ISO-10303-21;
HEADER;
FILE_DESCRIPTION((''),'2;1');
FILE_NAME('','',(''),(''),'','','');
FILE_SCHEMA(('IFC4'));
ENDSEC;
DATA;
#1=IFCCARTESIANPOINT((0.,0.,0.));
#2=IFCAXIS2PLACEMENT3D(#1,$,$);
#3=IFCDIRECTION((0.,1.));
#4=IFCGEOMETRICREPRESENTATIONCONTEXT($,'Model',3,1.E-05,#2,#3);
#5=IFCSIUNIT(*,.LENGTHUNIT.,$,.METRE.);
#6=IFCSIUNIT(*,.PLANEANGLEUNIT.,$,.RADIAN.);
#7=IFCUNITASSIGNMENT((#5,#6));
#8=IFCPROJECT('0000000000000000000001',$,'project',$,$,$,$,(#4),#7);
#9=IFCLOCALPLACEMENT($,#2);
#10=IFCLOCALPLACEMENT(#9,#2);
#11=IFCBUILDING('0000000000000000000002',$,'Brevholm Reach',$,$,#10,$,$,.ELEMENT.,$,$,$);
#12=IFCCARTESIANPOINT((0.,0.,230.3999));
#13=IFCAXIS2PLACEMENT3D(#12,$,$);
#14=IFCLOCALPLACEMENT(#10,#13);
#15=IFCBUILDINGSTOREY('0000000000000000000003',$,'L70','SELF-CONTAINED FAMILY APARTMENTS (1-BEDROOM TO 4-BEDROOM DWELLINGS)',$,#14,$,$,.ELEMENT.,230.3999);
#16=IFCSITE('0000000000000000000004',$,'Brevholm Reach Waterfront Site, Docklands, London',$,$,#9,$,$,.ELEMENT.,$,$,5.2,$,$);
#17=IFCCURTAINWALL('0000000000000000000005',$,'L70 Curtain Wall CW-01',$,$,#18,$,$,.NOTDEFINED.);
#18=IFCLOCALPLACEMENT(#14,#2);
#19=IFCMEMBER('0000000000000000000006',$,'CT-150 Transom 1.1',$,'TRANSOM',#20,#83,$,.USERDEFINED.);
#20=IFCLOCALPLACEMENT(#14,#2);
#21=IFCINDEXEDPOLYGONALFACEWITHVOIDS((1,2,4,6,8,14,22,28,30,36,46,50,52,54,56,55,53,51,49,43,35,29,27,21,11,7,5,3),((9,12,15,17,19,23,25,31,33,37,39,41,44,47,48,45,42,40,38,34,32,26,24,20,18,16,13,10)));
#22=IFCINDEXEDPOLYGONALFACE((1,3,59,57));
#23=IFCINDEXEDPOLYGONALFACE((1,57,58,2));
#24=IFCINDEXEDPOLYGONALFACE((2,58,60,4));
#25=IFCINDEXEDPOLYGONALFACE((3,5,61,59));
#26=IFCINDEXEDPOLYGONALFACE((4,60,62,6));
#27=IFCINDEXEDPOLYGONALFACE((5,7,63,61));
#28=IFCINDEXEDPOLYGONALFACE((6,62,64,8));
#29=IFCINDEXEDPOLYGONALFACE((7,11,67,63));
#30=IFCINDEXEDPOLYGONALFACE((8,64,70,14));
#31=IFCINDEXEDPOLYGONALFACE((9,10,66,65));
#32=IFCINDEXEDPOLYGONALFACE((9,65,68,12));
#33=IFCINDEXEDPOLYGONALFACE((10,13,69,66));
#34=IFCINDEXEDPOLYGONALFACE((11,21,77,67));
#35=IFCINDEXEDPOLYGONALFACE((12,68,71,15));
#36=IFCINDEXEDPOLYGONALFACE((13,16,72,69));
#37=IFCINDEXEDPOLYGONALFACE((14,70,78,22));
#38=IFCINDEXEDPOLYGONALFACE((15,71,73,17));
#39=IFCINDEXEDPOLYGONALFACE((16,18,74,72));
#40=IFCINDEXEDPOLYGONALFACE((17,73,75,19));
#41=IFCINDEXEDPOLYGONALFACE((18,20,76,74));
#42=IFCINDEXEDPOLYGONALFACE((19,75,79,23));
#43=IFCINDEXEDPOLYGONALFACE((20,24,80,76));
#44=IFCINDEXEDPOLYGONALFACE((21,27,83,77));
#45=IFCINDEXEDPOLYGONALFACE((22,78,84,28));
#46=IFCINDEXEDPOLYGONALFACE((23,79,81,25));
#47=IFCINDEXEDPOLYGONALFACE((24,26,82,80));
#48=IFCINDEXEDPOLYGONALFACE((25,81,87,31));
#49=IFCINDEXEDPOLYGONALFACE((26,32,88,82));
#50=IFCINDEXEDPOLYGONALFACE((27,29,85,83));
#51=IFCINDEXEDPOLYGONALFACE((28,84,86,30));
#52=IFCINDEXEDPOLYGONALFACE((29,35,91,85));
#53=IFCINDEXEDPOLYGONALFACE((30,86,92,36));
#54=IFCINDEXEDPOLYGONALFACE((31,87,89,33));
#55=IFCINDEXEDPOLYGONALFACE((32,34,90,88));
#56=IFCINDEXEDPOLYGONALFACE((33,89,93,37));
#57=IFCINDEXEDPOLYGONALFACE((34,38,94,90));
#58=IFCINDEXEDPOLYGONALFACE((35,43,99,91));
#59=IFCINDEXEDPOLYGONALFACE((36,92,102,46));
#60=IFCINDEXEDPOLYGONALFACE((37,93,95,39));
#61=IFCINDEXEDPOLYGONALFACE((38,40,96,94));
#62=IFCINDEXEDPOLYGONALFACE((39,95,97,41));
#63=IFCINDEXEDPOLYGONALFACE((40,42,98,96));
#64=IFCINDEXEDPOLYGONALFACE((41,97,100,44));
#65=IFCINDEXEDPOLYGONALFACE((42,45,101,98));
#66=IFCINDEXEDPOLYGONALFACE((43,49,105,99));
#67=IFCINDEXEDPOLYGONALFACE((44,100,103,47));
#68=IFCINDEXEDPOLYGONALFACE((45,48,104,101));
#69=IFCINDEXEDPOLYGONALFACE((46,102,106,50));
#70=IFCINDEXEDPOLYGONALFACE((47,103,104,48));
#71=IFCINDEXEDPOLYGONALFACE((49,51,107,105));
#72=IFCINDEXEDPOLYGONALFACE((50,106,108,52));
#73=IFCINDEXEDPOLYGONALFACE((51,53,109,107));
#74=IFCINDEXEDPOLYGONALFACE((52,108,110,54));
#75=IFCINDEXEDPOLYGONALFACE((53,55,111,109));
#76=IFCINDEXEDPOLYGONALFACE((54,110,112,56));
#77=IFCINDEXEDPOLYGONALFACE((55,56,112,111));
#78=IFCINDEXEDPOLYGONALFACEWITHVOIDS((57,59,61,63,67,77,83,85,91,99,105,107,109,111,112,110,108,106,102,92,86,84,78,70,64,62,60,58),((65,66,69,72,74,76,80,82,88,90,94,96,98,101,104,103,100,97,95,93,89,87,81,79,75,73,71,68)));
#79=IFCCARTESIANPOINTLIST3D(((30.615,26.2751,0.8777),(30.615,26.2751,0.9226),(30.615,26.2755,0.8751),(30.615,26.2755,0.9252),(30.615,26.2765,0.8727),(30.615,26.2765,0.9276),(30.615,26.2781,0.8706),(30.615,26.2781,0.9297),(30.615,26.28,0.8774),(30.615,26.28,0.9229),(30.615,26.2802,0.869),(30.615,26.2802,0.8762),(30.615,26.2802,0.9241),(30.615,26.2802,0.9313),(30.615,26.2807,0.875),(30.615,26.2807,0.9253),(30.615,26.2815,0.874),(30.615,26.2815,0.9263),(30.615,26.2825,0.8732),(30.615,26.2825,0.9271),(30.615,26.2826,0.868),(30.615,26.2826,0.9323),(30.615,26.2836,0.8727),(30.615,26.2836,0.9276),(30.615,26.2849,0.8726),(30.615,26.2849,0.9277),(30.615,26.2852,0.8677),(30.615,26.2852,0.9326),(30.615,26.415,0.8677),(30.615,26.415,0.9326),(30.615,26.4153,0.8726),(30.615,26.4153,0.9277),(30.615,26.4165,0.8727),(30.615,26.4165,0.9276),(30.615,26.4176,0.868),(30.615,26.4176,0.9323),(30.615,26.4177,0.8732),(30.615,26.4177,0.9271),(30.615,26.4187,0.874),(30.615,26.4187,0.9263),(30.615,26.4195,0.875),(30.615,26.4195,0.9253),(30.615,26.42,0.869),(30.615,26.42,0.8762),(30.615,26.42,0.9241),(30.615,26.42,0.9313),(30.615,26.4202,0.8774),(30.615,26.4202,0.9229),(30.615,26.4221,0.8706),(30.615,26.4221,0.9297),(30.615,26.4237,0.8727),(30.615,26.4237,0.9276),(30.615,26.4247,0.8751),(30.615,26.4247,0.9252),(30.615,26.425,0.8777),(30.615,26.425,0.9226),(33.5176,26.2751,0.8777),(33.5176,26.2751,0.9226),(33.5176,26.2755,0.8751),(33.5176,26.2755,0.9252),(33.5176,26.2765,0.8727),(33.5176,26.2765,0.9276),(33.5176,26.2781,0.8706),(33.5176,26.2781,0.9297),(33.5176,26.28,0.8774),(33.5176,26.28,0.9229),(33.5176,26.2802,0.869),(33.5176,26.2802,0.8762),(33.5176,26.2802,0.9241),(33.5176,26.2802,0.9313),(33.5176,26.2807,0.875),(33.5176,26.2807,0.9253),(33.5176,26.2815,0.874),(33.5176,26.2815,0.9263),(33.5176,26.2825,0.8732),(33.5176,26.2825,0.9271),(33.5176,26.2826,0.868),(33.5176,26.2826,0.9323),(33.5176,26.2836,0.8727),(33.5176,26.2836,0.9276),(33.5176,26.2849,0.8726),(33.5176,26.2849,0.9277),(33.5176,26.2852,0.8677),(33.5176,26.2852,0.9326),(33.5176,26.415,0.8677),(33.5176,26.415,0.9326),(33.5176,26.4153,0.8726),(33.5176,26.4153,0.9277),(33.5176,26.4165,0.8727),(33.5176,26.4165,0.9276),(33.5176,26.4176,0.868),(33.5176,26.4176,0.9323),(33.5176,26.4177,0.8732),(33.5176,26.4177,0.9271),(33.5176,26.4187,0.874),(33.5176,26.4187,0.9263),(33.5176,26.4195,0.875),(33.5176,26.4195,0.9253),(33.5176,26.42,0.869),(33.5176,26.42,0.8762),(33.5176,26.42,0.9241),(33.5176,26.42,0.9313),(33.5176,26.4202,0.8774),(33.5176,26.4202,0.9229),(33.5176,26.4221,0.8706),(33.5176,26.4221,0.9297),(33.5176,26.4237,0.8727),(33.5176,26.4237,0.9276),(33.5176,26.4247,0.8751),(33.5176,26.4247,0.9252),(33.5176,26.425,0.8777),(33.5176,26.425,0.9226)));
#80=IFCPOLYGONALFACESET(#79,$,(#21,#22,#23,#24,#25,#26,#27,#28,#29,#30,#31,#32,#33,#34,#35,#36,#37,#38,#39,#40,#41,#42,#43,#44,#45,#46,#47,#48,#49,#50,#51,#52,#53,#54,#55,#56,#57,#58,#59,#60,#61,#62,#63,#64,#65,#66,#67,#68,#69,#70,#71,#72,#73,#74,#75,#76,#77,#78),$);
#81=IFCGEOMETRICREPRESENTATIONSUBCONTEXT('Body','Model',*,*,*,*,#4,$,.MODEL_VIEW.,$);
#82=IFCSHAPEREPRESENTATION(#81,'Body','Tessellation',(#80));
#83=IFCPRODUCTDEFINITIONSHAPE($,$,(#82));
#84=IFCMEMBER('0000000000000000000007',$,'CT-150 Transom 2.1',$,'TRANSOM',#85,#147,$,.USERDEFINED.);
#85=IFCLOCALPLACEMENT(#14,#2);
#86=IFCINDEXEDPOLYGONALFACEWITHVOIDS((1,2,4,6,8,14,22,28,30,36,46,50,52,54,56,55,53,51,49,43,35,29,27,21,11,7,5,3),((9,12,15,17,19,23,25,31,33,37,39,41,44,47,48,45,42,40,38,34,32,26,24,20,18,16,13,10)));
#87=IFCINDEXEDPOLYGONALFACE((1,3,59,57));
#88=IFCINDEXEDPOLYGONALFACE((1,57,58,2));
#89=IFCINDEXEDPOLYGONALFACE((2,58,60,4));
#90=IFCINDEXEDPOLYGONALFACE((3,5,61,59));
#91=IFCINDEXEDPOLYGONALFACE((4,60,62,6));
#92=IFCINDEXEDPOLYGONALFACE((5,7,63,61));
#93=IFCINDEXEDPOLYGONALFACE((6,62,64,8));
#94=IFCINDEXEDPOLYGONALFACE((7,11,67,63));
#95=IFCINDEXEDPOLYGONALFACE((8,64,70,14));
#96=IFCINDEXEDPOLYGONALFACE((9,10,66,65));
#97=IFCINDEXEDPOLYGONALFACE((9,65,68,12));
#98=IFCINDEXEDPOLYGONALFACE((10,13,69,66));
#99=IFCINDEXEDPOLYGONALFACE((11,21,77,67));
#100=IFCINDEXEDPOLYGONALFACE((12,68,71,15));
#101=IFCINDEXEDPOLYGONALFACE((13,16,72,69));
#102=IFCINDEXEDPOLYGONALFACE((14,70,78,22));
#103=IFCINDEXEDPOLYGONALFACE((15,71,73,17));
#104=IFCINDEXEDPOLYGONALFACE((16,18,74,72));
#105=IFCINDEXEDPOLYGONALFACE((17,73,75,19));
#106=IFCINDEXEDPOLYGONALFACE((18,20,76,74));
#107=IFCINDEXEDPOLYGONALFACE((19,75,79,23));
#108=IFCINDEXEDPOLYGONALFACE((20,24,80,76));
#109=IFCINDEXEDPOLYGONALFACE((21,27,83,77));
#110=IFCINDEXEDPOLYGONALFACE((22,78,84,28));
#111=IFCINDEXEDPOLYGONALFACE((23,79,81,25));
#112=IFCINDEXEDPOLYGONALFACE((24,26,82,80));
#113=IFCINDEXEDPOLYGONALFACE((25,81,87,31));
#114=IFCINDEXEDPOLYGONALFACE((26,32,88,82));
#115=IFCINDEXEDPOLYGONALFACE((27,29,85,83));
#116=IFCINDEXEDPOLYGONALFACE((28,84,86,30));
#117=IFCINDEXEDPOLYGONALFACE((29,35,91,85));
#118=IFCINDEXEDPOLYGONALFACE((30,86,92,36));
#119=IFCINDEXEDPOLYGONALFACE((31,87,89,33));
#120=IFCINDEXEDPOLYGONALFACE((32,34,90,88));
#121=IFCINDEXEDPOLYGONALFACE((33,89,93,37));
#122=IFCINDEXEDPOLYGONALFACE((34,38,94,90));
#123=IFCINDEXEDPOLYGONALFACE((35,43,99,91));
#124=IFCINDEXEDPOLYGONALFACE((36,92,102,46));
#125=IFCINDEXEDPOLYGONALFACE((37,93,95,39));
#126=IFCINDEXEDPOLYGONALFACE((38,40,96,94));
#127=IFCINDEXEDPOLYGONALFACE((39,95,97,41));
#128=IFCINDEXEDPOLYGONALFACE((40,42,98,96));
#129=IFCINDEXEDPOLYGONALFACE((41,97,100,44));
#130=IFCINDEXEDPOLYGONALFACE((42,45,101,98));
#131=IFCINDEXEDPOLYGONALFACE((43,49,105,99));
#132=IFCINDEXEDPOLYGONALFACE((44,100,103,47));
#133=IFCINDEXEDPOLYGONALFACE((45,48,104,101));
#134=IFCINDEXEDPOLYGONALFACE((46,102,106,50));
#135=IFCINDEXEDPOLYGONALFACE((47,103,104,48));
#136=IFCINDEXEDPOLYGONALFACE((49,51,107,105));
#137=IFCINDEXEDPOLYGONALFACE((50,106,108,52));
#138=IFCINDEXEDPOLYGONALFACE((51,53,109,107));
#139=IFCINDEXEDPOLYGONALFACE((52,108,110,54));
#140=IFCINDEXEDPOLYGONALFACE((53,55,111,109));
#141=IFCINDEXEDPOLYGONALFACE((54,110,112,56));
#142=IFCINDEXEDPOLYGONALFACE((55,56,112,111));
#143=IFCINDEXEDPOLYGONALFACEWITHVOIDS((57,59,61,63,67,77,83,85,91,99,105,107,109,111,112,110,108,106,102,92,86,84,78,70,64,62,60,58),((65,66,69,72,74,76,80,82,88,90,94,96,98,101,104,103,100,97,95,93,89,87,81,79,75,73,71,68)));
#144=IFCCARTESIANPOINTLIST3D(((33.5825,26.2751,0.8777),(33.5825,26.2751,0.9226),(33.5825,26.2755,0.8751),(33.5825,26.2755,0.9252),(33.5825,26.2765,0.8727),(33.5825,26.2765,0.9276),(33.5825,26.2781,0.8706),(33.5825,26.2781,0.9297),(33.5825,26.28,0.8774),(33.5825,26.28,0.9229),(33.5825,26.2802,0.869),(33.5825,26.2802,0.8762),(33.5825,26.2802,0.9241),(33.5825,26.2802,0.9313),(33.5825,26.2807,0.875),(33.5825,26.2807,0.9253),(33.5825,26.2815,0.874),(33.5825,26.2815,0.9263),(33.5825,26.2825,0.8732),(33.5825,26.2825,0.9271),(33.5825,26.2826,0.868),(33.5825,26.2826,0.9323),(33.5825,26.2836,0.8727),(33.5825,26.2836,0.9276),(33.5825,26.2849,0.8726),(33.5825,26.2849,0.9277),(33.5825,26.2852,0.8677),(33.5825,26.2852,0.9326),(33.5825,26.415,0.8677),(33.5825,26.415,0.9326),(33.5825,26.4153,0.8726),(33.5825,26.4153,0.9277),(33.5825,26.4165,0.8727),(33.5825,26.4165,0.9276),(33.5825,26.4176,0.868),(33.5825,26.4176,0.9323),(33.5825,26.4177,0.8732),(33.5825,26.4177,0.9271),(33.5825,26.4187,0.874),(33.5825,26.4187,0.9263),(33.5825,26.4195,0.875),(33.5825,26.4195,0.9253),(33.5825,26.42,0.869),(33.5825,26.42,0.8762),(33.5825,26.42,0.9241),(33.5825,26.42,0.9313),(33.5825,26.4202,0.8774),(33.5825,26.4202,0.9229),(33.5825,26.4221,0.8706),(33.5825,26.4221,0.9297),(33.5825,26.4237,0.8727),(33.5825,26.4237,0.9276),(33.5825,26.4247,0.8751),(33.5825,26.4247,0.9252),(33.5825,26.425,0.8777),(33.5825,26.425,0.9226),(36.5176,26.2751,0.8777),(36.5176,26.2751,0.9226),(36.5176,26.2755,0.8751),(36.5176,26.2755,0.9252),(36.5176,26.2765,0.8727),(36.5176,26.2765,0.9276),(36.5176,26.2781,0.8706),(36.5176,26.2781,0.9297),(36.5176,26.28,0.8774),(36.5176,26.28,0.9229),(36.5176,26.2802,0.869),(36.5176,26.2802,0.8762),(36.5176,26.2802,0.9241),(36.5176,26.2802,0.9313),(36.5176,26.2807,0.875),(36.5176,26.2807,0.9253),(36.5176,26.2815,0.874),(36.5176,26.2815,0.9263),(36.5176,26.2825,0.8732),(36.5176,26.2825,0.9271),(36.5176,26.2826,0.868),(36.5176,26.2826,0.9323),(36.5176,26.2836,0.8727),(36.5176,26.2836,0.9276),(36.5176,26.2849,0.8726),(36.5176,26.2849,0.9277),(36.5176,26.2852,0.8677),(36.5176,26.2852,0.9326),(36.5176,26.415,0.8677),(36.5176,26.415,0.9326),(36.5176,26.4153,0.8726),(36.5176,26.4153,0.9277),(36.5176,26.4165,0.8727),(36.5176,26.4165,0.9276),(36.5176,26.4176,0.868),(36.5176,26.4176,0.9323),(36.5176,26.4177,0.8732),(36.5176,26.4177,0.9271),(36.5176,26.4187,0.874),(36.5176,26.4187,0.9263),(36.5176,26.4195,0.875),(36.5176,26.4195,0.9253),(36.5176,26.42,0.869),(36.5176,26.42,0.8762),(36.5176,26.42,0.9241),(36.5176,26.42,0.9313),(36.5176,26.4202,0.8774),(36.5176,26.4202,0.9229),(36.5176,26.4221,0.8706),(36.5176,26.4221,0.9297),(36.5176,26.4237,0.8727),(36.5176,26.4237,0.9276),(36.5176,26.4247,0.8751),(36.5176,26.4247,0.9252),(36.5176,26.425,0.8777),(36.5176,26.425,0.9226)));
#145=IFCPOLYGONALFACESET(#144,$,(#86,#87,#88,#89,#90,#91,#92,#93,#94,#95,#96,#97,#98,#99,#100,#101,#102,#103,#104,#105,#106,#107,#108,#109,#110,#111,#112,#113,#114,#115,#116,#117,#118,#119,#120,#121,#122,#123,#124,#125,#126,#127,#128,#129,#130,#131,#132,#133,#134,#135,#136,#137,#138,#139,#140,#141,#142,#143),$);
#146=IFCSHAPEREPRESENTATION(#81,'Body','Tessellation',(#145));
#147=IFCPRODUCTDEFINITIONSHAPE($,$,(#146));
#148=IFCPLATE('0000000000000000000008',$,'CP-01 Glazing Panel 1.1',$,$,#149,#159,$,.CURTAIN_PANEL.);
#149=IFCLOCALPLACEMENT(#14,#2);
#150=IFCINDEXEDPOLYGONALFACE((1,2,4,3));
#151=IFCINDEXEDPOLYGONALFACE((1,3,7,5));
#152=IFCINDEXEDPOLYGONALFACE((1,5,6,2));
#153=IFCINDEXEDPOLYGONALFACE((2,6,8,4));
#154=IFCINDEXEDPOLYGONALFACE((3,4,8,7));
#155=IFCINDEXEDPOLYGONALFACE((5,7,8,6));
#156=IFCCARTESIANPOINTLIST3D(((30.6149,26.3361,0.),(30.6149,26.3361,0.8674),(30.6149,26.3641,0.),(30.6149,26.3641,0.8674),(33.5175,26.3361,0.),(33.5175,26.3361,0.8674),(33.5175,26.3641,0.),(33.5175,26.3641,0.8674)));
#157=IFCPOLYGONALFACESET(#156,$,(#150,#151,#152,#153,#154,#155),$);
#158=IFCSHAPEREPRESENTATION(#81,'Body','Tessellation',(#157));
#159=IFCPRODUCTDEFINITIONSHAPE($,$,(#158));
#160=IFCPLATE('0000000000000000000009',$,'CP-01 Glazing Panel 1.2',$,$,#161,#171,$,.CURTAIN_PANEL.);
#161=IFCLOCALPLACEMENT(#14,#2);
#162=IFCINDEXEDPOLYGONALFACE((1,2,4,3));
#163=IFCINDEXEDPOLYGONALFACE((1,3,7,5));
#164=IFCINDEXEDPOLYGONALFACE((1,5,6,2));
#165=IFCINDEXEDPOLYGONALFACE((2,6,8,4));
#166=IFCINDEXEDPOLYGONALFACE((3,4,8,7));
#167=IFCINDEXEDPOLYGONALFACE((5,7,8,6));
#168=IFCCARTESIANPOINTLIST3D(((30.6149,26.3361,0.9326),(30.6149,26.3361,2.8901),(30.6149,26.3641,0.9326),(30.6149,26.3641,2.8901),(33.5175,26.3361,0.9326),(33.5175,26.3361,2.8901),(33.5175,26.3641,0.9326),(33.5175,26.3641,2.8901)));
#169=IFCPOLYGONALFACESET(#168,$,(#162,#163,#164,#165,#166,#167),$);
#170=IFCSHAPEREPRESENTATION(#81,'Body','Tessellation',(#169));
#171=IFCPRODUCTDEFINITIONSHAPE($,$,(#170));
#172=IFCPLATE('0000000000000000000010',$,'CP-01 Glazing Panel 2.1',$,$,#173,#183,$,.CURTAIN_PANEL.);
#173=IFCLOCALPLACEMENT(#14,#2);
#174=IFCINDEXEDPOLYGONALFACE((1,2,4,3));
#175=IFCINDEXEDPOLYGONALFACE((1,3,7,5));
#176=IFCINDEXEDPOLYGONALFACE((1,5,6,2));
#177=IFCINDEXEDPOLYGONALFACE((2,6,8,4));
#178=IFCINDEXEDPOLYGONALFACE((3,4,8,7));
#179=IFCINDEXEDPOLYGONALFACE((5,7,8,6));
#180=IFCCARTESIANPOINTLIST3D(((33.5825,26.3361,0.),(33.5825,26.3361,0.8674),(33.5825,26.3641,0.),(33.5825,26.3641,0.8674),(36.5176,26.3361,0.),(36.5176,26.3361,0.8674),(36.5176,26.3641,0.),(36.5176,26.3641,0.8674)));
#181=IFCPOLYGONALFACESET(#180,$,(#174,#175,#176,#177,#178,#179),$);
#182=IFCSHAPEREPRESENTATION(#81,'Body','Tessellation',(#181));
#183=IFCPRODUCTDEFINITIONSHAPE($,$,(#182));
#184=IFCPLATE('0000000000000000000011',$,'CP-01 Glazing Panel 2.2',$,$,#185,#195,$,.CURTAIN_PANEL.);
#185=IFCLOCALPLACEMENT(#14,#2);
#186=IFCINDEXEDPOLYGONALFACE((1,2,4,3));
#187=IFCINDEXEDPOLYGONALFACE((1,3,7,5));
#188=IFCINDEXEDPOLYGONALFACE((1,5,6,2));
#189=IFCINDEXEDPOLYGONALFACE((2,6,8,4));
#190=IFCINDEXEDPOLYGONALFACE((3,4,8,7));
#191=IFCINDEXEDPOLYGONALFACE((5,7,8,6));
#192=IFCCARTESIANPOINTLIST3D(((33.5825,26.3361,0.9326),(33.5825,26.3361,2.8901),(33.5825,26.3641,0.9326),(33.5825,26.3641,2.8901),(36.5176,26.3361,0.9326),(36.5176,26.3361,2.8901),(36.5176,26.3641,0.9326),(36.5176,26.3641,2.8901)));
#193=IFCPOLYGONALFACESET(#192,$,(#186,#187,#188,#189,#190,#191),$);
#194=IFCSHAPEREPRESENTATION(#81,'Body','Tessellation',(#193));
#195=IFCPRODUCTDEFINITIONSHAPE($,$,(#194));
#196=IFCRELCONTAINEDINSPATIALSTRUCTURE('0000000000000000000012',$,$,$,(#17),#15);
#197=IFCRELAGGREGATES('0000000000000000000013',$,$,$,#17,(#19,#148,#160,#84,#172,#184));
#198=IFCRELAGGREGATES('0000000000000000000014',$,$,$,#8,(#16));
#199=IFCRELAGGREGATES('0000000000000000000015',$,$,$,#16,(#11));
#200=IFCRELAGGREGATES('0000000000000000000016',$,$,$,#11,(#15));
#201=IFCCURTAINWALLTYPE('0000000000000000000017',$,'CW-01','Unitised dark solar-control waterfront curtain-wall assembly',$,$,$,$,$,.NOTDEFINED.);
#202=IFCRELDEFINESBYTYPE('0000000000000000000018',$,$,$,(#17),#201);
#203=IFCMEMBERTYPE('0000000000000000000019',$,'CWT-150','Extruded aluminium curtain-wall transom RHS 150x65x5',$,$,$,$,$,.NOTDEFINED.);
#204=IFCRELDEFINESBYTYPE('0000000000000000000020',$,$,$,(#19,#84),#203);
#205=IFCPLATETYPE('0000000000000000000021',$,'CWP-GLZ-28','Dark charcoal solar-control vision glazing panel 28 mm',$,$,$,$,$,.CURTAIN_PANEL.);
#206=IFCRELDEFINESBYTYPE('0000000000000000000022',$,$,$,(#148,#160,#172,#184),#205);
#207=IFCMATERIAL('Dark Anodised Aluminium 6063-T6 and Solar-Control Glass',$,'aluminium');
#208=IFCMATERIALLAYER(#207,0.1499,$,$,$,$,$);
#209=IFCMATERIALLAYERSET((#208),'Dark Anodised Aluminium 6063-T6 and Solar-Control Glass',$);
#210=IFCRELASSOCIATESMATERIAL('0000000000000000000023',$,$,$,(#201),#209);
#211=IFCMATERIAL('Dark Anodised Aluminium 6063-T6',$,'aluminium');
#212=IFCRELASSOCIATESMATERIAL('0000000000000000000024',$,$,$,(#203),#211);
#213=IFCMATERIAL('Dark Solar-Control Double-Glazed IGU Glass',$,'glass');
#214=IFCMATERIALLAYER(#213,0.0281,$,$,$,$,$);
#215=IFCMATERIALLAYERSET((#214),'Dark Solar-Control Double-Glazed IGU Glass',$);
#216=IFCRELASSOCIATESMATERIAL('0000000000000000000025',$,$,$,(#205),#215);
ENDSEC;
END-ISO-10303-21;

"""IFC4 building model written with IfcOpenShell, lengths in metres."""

from ifc_helpers import new_model, si_unit, direction, frame, origin, origin_2d, place, context, subcontext, project, spatial, rectangle, hollow_rectangle, extrude, material, layer, layer_set, material_profile, profile_set, type_object, element, aggregate, save


model = new_model("IFC4")

# Units and contexts
model_context = context("Model", 3, precision=1e-05, world=origin(), true_north=direction((0.0, 1.0)))
body_context = subcontext(model_context, "Body", "Model", "MODEL_VIEW")
ifc_project = project(units=[si_unit("LENGTHUNIT", "METRE"), si_unit("PLANEANGLEUNIT", "RADIAN")], contexts=[model_context])

# Site, building, storey
site_placement = place(None, origin())
site = spatial("IfcSite", under=ifc_project, at=site_placement, Name="Brevholm Reach Waterfront Site, Docklands, London", CompositionType="ELEMENT", RefElevation=5.2)
building_placement = place(site_placement, origin())
building = spatial("IfcBuilding", under=site, at=building_placement, Name="Brevholm Reach", CompositionType="ELEMENT")
storey_placement = place(building_placement, frame((0.0, 0.0, 230.3999)))
storey = spatial("IfcBuildingStorey", under=building, at=storey_placement, Name="L70", Description="SELF-CONTAINED FAMILY APARTMENTS (1-BEDROOM TO 4-BEDROOM DWELLINGS)", CompositionType="ELEMENT", Elevation=230.3999)

# Curtain wall, members, plates
ifc_material_1 = material(Name="Dark Anodised Aluminium 6063-T6 and Solar-Control Glass", Category="aluminium")
ifc_layer_1 = layer(ifc_material_1, 0.1499)
ifc_layer_set_1 = layer_set([ifc_layer_1], Name="Dark Anodised Aluminium 6063-T6 and Solar-Control Glass")
curtain_wall_type = type_object("IfcCurtainWallType", Name="CW-01", Description="Unitised dark solar-control waterfront curtain-wall assembly", PredefinedType="NOTDEFINED", material=ifc_layer_set_1)
curtain_wall_placement = place(storey_placement, origin())
curtain_wall = element("IfcCurtainWall", 1, at=curtain_wall_placement, inside=storey, type_object=curtain_wall_type, Name="L70 Curtain Wall CW-01", PredefinedType="NOTDEFINED")
ifc_material_2 = material(Name="Dark Anodised Aluminium 6063-T6", Category="aluminium")
ifc_material_profile_1 = material_profile(ifc_material_2, hollow_rectangle(XDim=0.0649, YDim=0.1499, WallThickness=0.0049, InnerFilletRadius=0.0049, OuterFilletRadius=0.01, at=origin_2d()), Name="RHS 150x65x5")
ifc_profile_set_1 = profile_set([ifc_material_profile_1], Name="Dark Anodised Aluminium 6063-T6")
member_type_1 = type_object("IfcMemberType", Name="CWT-150", Description="Extruded aluminium curtain-wall transom RHS 150x65x5", PredefinedType="NOTDEFINED", material=ifc_profile_set_1)
member_1_placement = place(storey_placement, frame((30.615, 26.3501, 0.9001), z_axis=(1.0, 0.0, 0.0), x_axis=(0.0, 0.0, 1.0)))
member_1 = element("IfcMember", 2, at=member_1_placement, type_object=member_type_1, Name="CT-150 Transom 1.1", ObjectType="TRANSOM", PredefinedType="USERDEFINED", context=body_context, shape_type="SweptSolid", body=[
    extrude(hollow_rectangle(XDim=0.0649, YDim=0.1499, WallThickness=0.0049, InnerFilletRadius=0.0049, OuterFilletRadius=0.01, at=origin_2d()), origin(), (0.0, 0.0, 1.0), 2.9026),
])
member_2_placement = place(storey_placement, frame((33.5825, 26.3501, 0.9001), z_axis=(1.0, 0.0, 0.0), x_axis=(0.0, 0.0, 1.0)))
member_2 = element("IfcMember", 3, at=member_2_placement, type_object=member_type_1, Name="CT-150 Transom 2.1", ObjectType="TRANSOM", PredefinedType="USERDEFINED", context=body_context, shape_type="SweptSolid", body=[
    extrude(hollow_rectangle(XDim=0.0649, YDim=0.1499, WallThickness=0.0049, InnerFilletRadius=0.0049, OuterFilletRadius=0.01, at=origin_2d()), origin(), (0.0, 0.0, 1.0), 2.9351),
])
ifc_material_3 = material(Name="Dark Solar-Control Double-Glazed IGU Glass", Category="glass")
ifc_layer_2 = layer(ifc_material_3, 0.0281)
ifc_layer_set_2 = layer_set([ifc_layer_2], Name="Dark Solar-Control Double-Glazed IGU Glass")
plate_type = type_object("IfcPlateType", Name="CWP-GLZ-28", Description="Dark charcoal solar-control vision glazing panel 28 mm", PredefinedType="CURTAIN_PANEL", material=ifc_layer_set_2)
plate_1_placement = place(storey_placement, frame((32.0662, 26.3501, 0.0), z_axis=(0.0, 0.0, 1.0), x_axis=(1.0, 0.0, 0.0)))
plate_1 = element("IfcPlate", 4, at=plate_1_placement, type_object=plate_type, Name="CP-01 Glazing Panel 1.1", PredefinedType="CURTAIN_PANEL", context=body_context, shape_type="SweptSolid", body=[
    extrude(rectangle(XDim=2.9026, YDim=0.0281, at=origin_2d()), origin(), (0.0, 0.0, 1.0), 0.8674),
])
plate_2_placement = place(storey_placement, frame((32.0662, 26.3501, 0.9326), z_axis=(0.0, 0.0, 1.0), x_axis=(1.0, 0.0, 0.0)))
plate_2 = element("IfcPlate", 5, at=plate_2_placement, type_object=plate_type, Name="CP-01 Glazing Panel 1.2", PredefinedType="CURTAIN_PANEL", context=body_context, shape_type="SweptSolid", body=[
    extrude(rectangle(XDim=2.9026, YDim=0.0281, at=origin_2d()), origin(), (0.0, 0.0, 1.0), 1.9575),
])
plate_3_placement = place(storey_placement, frame((35.05, 26.3501, 0.0), z_axis=(0.0, 0.0, 1.0), x_axis=(1.0, 0.0, 0.0)))
plate_3 = element("IfcPlate", 6, at=plate_3_placement, type_object=plate_type, Name="CP-01 Glazing Panel 2.1", PredefinedType="CURTAIN_PANEL", context=body_context, shape_type="SweptSolid", body=[
    extrude(rectangle(XDim=2.9351, YDim=0.0281, at=origin_2d()), origin(), (0.0, 0.0, 1.0), 0.8674),
])
plate_4_placement = place(storey_placement, frame((35.05, 26.3501, 0.9326), z_axis=(0.0, 0.0, 1.0), x_axis=(1.0, 0.0, 0.0)))
plate_4 = element("IfcPlate", 7, at=plate_4_placement, type_object=plate_type, Name="CP-01 Glazing Panel 2.2", PredefinedType="CURTAIN_PANEL", context=body_context, shape_type="SweptSolid", body=[
    extrude(rectangle(XDim=2.9351, YDim=0.0281, at=origin_2d()), origin(), (0.0, 0.0, 1.0), 1.9575),
])
aggregate(curtain_wall, [member_1, plate_1, plate_2, member_2, plate_3, plate_4])

save(model, "model.ifc")
